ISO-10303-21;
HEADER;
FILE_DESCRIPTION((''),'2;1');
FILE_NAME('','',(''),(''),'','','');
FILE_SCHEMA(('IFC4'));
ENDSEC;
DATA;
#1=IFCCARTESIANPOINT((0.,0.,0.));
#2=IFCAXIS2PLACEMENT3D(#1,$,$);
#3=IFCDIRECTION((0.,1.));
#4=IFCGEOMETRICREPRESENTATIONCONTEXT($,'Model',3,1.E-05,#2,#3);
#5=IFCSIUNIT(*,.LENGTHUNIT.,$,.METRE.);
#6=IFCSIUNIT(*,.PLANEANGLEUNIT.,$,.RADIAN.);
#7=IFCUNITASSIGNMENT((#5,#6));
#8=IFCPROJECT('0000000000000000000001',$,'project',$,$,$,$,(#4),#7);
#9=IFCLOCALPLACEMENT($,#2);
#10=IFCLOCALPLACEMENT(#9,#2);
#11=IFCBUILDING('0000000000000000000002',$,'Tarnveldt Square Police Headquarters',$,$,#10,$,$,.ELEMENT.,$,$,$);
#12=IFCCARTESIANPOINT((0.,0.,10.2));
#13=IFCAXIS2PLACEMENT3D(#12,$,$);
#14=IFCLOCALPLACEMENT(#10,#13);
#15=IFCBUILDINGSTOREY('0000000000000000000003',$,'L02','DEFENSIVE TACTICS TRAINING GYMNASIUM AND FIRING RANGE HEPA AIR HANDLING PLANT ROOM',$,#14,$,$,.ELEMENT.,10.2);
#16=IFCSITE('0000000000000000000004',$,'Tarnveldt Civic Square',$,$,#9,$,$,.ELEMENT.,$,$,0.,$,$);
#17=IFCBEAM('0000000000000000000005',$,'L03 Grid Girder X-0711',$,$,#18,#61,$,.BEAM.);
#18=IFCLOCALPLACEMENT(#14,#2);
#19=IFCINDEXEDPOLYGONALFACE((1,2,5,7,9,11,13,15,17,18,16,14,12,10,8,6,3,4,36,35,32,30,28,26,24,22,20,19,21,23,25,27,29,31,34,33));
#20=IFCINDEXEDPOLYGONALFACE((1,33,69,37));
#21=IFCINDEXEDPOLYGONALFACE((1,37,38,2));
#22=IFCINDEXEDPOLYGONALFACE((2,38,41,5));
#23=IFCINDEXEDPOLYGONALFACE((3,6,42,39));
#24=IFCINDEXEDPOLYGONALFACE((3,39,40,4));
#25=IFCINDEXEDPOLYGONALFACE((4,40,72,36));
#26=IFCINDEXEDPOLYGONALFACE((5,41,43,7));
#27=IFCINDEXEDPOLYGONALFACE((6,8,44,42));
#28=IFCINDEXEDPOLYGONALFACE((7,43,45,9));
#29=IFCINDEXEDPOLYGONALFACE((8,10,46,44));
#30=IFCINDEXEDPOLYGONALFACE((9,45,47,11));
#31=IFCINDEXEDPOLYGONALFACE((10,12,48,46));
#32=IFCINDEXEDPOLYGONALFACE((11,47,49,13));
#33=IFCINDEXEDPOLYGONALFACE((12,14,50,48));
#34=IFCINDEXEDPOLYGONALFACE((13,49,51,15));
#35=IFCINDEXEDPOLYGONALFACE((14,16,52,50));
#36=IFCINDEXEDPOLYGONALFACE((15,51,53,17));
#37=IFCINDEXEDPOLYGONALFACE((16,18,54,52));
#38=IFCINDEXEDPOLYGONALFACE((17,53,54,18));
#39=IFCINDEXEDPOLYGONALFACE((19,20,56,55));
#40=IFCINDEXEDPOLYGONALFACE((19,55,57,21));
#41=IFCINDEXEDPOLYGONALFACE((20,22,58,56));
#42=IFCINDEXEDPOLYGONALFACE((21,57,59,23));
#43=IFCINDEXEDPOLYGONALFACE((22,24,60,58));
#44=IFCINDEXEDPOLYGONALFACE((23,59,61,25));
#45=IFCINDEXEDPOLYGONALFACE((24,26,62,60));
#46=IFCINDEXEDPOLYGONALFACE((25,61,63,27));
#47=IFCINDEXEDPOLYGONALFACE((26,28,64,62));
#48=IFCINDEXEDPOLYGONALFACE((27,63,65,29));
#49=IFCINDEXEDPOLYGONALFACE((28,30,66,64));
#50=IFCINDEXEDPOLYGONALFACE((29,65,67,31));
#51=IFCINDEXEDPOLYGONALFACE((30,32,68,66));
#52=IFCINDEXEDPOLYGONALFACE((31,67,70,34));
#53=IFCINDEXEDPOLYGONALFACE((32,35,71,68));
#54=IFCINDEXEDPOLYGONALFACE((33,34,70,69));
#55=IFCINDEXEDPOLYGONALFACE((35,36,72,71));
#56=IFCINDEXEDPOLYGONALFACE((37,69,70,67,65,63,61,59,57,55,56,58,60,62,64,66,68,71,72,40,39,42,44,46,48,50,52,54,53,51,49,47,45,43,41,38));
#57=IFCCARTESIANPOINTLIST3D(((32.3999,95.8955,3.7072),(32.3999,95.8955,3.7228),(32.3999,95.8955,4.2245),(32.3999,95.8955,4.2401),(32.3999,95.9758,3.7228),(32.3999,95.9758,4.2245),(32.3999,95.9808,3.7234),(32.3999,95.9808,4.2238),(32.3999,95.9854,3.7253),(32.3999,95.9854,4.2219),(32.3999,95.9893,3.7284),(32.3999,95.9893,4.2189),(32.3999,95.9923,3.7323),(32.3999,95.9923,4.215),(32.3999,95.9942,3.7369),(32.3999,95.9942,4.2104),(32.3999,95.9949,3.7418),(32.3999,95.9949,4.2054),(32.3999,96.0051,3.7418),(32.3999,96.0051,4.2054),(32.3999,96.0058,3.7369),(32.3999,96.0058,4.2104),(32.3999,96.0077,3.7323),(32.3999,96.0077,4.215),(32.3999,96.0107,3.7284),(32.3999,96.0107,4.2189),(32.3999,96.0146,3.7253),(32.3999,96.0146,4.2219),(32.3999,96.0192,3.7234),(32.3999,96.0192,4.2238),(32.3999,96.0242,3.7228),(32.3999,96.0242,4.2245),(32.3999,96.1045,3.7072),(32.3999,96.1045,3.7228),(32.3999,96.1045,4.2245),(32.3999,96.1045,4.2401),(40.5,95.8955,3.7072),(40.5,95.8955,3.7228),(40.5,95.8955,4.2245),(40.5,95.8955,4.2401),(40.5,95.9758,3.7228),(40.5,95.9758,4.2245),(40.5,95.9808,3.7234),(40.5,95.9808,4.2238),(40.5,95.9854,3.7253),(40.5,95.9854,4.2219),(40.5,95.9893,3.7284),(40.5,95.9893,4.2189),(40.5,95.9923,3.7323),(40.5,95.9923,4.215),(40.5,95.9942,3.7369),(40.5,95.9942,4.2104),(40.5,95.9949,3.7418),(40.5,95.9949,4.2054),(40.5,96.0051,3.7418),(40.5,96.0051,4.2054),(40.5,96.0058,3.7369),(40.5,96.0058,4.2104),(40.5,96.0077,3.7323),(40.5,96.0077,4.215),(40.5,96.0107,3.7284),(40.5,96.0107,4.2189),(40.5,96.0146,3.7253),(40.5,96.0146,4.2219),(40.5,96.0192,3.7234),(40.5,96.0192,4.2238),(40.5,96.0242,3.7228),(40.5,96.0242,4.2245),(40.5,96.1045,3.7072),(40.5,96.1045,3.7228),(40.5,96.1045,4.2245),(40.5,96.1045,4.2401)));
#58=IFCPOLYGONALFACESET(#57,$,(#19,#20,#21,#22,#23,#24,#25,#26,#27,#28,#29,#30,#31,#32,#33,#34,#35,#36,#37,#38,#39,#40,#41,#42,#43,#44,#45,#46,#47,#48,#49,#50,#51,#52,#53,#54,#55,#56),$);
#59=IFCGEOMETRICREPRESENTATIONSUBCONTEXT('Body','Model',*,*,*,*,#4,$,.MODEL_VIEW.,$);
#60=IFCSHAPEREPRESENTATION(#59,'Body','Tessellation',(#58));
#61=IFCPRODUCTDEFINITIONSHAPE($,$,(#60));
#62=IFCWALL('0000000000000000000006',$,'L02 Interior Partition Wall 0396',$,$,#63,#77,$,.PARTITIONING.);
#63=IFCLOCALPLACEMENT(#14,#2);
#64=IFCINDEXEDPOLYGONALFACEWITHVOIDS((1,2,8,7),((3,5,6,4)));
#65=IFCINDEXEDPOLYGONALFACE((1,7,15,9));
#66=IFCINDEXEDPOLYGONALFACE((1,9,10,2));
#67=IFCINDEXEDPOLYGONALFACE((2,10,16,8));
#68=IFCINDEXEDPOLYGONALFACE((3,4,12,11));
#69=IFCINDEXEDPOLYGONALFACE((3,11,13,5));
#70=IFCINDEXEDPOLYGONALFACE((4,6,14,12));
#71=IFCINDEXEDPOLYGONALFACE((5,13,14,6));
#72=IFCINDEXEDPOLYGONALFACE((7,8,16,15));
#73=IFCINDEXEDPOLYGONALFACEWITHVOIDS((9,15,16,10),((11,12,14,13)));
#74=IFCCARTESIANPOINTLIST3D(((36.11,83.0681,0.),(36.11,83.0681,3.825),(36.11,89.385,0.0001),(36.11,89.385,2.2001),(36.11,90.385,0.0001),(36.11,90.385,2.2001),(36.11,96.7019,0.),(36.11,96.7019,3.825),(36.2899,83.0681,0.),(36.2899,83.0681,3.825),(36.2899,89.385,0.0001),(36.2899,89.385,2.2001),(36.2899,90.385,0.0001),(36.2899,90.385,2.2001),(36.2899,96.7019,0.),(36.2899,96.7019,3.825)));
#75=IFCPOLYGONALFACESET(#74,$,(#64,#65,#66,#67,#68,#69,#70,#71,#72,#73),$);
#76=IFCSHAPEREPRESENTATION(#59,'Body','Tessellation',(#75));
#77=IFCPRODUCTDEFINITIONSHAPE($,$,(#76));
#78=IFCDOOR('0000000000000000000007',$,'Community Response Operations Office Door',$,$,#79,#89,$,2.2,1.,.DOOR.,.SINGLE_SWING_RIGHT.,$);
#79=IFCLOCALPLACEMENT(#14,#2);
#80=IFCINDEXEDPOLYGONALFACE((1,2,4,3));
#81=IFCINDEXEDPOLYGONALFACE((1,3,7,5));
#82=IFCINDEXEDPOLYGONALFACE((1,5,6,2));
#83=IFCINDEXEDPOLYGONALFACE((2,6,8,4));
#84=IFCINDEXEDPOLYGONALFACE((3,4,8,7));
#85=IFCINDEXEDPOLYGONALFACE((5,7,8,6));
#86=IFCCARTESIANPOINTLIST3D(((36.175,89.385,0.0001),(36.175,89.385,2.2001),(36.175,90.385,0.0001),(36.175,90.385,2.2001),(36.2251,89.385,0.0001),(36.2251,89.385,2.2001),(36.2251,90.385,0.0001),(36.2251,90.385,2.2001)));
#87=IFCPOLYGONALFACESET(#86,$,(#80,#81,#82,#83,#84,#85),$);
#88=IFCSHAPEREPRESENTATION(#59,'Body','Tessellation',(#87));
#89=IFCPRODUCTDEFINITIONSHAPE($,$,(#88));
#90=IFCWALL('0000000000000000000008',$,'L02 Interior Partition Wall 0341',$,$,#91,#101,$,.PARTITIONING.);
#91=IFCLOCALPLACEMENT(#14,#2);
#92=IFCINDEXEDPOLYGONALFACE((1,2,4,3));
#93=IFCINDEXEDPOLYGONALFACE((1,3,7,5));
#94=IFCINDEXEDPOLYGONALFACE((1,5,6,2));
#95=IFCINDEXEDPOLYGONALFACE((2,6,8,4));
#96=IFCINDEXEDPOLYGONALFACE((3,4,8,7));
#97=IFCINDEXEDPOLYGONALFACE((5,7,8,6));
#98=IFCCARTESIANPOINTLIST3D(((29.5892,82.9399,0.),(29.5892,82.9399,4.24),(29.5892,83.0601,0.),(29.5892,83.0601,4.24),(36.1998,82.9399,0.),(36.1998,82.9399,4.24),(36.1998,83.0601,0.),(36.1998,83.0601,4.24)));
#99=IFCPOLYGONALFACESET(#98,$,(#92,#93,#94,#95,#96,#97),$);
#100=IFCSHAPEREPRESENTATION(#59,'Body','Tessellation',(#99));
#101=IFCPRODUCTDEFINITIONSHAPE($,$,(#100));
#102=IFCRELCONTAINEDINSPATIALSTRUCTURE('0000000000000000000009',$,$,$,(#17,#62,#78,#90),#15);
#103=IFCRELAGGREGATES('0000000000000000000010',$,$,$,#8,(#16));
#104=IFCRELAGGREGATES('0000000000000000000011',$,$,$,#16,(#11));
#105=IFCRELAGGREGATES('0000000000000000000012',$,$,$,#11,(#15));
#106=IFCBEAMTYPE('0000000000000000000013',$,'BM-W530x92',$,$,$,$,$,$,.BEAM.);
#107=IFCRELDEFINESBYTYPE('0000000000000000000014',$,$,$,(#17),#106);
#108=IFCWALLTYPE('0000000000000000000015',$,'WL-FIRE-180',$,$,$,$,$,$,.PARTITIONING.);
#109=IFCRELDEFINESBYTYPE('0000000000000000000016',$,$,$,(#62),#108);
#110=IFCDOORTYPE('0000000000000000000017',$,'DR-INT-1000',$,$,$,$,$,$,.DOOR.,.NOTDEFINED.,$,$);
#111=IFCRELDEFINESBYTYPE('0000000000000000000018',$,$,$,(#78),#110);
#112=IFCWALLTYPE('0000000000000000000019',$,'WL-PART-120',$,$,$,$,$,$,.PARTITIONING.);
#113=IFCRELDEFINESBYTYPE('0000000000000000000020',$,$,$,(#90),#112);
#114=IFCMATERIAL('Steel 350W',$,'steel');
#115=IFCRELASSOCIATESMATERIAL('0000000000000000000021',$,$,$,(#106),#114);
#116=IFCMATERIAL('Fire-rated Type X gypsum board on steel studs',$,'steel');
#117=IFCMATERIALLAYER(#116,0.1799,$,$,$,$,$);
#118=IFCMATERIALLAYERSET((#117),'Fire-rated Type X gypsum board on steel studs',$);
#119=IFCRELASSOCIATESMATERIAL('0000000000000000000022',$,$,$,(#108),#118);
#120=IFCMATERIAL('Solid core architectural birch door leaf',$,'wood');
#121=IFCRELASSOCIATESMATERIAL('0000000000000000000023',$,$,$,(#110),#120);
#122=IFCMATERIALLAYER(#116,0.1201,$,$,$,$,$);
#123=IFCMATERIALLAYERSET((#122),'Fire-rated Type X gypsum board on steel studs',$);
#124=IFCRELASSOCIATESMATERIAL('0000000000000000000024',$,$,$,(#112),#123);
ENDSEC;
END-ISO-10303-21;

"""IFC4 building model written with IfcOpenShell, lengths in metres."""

from ifc_helpers import new_model, si_unit, direction, frame, frame_2d, origin, origin_2d, place, context, subcontext, project, spatial, rectangle, i_section, extrude, material, layer, layer_set, material_profile, profile_set, type_object, element, fill, save


model = new_model("IFC4")

# Units and contexts
model_context = context("Model", 3, precision=1e-05, world=origin(), true_north=direction((0.0, 1.0)))
body_context = subcontext(model_context, "Body", "Model", "MODEL_VIEW")
ifc_project = project(units=[si_unit("LENGTHUNIT", "METRE"), si_unit("PLANEANGLEUNIT", "RADIAN")], contexts=[model_context])

# Site, building, storey
site_placement = place(None, origin())
site = spatial("IfcSite", under=ifc_project, at=site_placement, Name="Tarnveldt Civic Square", CompositionType="ELEMENT", RefElevation=0.0)
building_placement = place(site_placement, origin())
building = spatial("IfcBuilding", under=site, at=building_placement, Name="Tarnveldt Square Police Headquarters", CompositionType="ELEMENT")
storey_placement = place(building_placement, frame((0.0, 0.0, 10.2)))
storey = spatial("IfcBuildingStorey", under=building, at=storey_placement, Name="L02", Description="DEFENSIVE TACTICS TRAINING GYMNASIUM AND FIRING RANGE HEPA AIR HANDLING PLANT ROOM", CompositionType="ELEMENT", Elevation=10.2)

# Beam
ifc_material_1 = material(Name="Steel 350W", Category="steel")
ifc_material_profile_1 = material_profile(ifc_material_1, i_section(OverallWidth=0.209, OverallDepth=0.533, WebThickness=0.0103, FlangeThickness=0.0156, FilletRadius=0.019, at=origin_2d()), Name="W530x92")
ifc_profile_set_1 = profile_set([ifc_material_profile_1], Name="Steel 350W")
beam_type_1 = type_object("IfcBeamType", Name="BM-W530x92", PredefinedType="BEAM", material=ifc_profile_set_1)
for number, where, z_axis, x_axis, name in (
    (1, (32.3999, 96.0, 3.9736), (1.0, 0.0, 0.0), (0.0, 1.0, 0.0), "L03 Grid Girder X-0711"),
):
    element("IfcBeam", number, at=place(storey_placement, frame(where, z_axis=z_axis, x_axis=x_axis)), inside=storey, type_object=beam_type_1, Name=name, PredefinedType="BEAM", context=body_context, shape_type="SweptSolid", body=[
        extrude(i_section(OverallWidth=0.209, OverallDepth=0.533, WebThickness=0.0103, FlangeThickness=0.0156, FilletRadius=0.019, at=origin_2d()), origin(), (0.0, 0.0, 1.0), 8.1001),
    ])

# Wall, opening, door
ifc_material_2 = material(Name="Fire-rated Type X gypsum board on steel studs", Category="steel")
ifc_layer_1 = layer(ifc_material_2, 0.1799)
ifc_layer_set_1 = layer_set([ifc_layer_1], Name="Fire-rated Type X gypsum board on steel studs")
wall_type_1 = type_object("IfcWallType", Name="WL-FIRE-180", PredefinedType="PARTITIONING", material=ifc_layer_set_1)
wall_1_placement = place(storey_placement, frame((36.2, 83.0681, 0.0), z_axis=(0.0, 0.0, 1.0), x_axis=(0.0, 1.0, 0.0)))
wall_1 = element("IfcWall", 2, at=wall_1_placement, inside=storey, type_object=wall_type_1, Name="L02 Interior Partition Wall 0396", PredefinedType="PARTITIONING", context=body_context, shape_type="SweptSolid", body=[
    extrude(rectangle(XDim=13.6338, YDim=0.1799, at=frame_2d((6.8169, 0.0))), origin(), (0.0, 0.0, 1.0), 3.825),
])
opening_placement = place(wall_1_placement, frame((6.3169, 0.0, 0.0)))
opening = element("IfcOpeningElement", 3, at=opening_placement, cuts=wall_1, PredefinedType="OPENING", context=body_context, shape_type="SweptSolid", body=[
    extrude(rectangle(XDim=1.0, YDim=2.2, at=frame_2d((0.5, 1.1001))), frame((0.0, 0.0999, 0.0), z_axis=(0.0, -1.0, 0.0), x_axis=(1.0, 0.0, 0.0)), (0.0, 0.0, 1.0), 0.2),
])
ifc_material_3 = material(Name="Solid core architectural birch door leaf", Category="wood")
door_type = type_object("IfcDoorType", Name="DR-INT-1000", OperationType="NOTDEFINED", PredefinedType="DOOR", material=ifc_material_3)
door_placement = place(opening_placement, origin())
door = element("IfcDoor", 4, at=door_placement, inside=storey, type_object=door_type, Name="Community Response Operations Office Door", OperationType="SINGLE_SWING_RIGHT", OverallHeight=2.2, OverallWidth=1.0, PredefinedType="DOOR", context=body_context, shape_type="SweptSolid", body=[
    extrude(rectangle(XDim=1.0, YDim=2.2, at=frame_2d((0.5, 1.1001))), frame((0.0, 0.0249, 0.0), z_axis=(0.0, -1.0, 0.0), x_axis=(1.0, 0.0, 0.0)), (0.0, 0.0, 1.0), 0.05),
])
fill(opening, door)

# Wall
ifc_layer_2 = layer(ifc_material_2, 0.1201)
ifc_layer_set_2 = layer_set([ifc_layer_2], Name="Fire-rated Type X gypsum board on steel studs")
wall_type_2 = type_object("IfcWallType", Name="WL-PART-120", PredefinedType="PARTITIONING", material=ifc_layer_set_2)
wall_2_placement = place(storey_placement, frame((29.5894, 83.0, 0.0), z_axis=(0.0, 0.0, 1.0), x_axis=(1.0, 0.0, 0.0)))
element("IfcWall", 5, at=wall_2_placement, inside=storey, type_object=wall_type_2, Name="L02 Interior Partition Wall 0341", PredefinedType="PARTITIONING", context=body_context, shape_type="SweptSolid", body=[
    extrude(rectangle(XDim=6.6106, YDim=0.1201, at=frame_2d((3.3052, 0.0))), origin(), (0.0, 0.0, 1.0), 4.24),
])

save(model, "model.ifc")
